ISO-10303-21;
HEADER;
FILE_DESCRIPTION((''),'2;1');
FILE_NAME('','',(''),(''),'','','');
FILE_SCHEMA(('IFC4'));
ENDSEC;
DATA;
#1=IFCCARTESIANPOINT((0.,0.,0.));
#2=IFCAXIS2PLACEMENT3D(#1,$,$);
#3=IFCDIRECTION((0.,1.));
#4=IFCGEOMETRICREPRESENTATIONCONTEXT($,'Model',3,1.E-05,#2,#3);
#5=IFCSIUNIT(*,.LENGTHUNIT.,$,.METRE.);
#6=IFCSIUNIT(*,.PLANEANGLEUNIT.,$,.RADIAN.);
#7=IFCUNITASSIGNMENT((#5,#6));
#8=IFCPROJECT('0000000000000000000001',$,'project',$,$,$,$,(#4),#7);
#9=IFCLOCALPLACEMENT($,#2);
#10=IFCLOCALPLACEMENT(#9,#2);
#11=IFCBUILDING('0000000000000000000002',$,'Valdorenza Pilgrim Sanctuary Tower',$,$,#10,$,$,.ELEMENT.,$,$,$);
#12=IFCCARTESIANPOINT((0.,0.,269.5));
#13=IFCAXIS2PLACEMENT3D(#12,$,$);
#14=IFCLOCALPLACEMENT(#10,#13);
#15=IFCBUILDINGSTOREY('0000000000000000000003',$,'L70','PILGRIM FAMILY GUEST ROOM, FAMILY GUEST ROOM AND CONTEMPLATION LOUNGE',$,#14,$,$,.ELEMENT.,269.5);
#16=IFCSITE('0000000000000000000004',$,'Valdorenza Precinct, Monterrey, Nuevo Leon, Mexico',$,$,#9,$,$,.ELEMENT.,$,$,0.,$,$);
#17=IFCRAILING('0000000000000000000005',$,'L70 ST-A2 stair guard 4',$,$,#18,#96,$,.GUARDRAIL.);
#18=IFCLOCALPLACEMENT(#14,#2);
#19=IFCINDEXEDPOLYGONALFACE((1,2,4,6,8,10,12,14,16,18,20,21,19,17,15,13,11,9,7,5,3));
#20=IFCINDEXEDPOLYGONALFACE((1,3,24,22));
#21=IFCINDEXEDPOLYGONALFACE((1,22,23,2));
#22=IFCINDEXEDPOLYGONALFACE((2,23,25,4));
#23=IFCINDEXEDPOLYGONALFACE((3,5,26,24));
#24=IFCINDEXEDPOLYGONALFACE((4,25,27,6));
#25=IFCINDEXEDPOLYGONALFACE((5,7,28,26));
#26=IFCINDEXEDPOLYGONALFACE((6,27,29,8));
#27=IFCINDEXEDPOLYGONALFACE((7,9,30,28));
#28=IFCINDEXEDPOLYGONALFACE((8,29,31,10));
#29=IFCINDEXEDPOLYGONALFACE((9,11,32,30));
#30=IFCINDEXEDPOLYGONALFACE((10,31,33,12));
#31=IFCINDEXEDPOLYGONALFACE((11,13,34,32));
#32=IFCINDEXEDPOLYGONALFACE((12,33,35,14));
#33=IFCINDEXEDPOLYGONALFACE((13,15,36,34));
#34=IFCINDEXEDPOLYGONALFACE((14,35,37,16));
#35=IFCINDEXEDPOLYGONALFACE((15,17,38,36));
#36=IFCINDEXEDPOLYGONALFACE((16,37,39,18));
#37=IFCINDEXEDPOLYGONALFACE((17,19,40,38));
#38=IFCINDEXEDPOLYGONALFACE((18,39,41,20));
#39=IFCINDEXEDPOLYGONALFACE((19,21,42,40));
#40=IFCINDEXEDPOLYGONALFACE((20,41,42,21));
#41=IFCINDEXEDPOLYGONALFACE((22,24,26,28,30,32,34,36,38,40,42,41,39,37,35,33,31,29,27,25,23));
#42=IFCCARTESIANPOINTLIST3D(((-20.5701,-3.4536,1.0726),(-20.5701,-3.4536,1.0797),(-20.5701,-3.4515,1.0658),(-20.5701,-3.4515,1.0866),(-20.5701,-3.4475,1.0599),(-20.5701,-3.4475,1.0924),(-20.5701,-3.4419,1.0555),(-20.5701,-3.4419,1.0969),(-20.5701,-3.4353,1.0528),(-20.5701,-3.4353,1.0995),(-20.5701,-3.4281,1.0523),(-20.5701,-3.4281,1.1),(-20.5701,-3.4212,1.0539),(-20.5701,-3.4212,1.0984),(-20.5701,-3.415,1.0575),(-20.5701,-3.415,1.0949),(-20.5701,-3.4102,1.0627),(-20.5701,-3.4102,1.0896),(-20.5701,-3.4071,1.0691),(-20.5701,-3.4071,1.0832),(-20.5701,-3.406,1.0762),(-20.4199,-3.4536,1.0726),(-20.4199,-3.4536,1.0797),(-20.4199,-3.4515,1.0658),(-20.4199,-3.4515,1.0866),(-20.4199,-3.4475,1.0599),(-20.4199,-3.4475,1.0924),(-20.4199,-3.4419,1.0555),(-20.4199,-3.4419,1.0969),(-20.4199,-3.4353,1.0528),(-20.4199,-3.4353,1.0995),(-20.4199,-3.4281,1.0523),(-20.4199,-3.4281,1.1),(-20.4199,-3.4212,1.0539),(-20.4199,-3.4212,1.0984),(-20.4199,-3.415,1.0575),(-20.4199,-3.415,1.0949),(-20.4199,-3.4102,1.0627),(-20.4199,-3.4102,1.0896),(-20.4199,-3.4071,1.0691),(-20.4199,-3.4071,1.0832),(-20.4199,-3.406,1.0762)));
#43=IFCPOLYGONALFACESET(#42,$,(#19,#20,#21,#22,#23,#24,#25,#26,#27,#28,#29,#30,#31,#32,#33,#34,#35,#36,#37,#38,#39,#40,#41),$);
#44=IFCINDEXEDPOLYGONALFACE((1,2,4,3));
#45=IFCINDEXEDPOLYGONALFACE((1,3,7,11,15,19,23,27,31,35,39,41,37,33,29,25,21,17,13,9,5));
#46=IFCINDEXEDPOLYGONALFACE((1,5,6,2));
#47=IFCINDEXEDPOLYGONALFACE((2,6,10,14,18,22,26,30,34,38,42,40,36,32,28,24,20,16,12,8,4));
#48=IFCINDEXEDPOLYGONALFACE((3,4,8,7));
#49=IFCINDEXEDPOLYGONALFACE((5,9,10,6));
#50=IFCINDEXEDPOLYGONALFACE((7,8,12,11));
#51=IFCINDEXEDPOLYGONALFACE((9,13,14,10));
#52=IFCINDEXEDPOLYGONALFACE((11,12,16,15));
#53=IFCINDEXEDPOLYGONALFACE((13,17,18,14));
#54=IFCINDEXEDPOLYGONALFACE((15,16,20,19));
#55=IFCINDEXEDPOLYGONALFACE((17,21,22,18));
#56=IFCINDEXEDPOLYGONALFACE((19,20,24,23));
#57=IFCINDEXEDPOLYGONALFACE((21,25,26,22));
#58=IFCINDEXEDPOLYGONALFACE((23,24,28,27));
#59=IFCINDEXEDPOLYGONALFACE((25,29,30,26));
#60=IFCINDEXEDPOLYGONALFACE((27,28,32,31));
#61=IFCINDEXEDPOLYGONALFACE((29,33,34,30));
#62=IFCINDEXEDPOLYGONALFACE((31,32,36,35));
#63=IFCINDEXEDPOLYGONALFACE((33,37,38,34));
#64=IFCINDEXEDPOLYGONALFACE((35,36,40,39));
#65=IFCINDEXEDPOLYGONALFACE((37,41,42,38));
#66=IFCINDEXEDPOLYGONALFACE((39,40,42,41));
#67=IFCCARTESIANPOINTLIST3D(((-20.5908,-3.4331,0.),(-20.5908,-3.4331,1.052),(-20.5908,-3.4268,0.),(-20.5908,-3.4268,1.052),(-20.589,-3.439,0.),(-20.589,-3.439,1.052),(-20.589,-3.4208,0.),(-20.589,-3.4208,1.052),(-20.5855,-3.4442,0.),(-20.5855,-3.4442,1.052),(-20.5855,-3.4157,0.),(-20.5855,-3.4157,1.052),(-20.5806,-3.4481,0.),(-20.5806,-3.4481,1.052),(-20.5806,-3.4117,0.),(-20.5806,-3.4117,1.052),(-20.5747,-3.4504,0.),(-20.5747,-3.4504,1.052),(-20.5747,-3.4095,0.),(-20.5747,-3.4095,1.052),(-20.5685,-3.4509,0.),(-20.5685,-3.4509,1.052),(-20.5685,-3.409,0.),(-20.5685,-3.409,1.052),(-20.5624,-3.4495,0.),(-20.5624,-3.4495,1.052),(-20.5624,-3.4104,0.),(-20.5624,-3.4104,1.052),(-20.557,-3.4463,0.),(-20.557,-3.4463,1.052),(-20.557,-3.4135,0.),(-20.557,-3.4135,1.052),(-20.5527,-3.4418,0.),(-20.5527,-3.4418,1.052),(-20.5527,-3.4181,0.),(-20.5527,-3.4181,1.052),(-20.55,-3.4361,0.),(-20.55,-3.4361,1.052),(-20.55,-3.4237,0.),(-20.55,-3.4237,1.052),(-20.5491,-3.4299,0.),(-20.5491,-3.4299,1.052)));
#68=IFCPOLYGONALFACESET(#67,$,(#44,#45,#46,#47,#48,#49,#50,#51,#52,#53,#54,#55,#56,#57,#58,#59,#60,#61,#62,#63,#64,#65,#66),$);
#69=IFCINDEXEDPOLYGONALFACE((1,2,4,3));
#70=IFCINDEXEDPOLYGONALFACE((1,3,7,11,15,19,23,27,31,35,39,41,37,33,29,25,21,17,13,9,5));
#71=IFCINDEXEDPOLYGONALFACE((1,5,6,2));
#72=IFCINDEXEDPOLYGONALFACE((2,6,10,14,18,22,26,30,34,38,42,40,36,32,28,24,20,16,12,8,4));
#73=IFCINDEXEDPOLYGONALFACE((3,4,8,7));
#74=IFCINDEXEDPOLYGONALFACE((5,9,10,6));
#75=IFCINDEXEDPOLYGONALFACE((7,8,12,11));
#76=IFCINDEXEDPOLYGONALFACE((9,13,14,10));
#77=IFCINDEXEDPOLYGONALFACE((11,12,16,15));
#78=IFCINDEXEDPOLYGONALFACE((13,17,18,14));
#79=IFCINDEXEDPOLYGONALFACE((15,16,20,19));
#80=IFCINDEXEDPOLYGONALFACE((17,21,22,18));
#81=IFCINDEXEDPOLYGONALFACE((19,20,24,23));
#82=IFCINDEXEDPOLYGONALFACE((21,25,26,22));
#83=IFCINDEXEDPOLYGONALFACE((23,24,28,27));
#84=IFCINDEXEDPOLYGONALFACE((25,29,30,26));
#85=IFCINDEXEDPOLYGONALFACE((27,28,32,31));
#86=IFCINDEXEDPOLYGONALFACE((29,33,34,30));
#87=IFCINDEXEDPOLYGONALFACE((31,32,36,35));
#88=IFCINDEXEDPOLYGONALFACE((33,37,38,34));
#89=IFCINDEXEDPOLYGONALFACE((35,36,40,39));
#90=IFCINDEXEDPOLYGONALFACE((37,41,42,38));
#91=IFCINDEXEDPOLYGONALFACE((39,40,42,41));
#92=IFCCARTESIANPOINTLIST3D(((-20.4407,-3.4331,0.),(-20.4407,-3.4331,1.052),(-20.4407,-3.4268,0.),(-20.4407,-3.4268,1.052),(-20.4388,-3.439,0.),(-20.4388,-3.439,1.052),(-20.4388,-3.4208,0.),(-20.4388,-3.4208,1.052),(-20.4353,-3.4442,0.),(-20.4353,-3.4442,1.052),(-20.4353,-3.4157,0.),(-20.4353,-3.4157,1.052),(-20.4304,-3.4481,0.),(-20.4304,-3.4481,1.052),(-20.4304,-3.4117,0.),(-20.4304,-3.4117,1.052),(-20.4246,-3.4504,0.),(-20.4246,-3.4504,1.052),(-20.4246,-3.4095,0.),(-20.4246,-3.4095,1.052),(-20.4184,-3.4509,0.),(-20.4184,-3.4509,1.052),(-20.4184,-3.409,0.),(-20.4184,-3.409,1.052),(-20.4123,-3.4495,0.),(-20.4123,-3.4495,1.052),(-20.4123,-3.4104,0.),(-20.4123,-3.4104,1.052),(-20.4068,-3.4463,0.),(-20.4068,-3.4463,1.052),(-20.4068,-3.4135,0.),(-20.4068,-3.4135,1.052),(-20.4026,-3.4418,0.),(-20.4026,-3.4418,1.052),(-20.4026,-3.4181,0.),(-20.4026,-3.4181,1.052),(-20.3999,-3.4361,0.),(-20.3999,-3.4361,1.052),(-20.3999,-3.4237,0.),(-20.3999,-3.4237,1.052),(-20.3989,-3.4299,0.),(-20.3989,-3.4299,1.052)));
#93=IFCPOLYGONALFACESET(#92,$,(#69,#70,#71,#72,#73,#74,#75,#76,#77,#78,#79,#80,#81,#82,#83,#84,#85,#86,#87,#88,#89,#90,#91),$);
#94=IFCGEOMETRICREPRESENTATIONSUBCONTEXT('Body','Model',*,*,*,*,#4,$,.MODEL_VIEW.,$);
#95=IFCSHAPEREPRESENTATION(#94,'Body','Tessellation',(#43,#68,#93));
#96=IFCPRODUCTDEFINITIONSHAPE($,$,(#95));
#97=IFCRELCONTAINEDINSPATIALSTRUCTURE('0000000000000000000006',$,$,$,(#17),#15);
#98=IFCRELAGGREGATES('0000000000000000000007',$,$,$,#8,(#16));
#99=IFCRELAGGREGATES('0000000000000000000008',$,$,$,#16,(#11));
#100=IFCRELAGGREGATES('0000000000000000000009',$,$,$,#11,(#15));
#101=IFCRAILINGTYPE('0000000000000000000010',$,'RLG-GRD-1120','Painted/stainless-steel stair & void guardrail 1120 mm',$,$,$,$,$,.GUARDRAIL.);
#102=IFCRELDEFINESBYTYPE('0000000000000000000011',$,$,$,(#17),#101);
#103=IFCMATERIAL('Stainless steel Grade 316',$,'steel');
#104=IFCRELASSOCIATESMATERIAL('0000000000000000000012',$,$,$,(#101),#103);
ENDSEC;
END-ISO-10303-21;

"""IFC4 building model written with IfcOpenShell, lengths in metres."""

from ifc_helpers import new_model, si_unit, direction, frame, origin, origin_2d, place, context, subcontext, project, spatial, circle, extrude, material, type_object, element, save


model = new_model("IFC4")

# Units and contexts
model_context = context("Model", 3, precision=1e-05, world=origin(), true_north=direction((0.0, 1.0)))
body_context = subcontext(model_context, "Body", "Model", "MODEL_VIEW")
ifc_project = project(units=[si_unit("LENGTHUNIT", "METRE"), si_unit("PLANEANGLEUNIT", "RADIAN")], contexts=[model_context])

# Site, building, storey
site_placement = place(None, origin())
site = spatial("IfcSite", under=ifc_project, at=site_placement, Name="Valdorenza Precinct, Monterrey, Nuevo Leon, Mexico", CompositionType="ELEMENT", RefElevation=0.0)
building_placement = place(site_placement, origin())
building = spatial("IfcBuilding", under=site, at=building_placement, Name="Valdorenza Pilgrim Sanctuary Tower", CompositionType="ELEMENT")
storey_placement = place(building_placement, frame((0.0, 0.0, 269.5)))
storey = spatial("IfcBuildingStorey", under=building, at=storey_placement, Name="L70", Description="PILGRIM FAMILY GUEST ROOM, FAMILY GUEST ROOM AND CONTEMPLATION LOUNGE", CompositionType="ELEMENT", Elevation=269.5)

# Railing
ifc_material_1 = material(Name="Stainless steel Grade 316", Category="steel")
railing_type_1 = type_object("IfcRailingType", Name="RLG-GRD-1120", Description="Painted/stainless-steel stair & void guardrail 1120 mm", PredefinedType="GUARDRAIL", material=ifc_material_1)
railing_1_placement = place(storey_placement, frame((-20.5701, -3.4299, 0.0)))
element("IfcRailing", 1, at=railing_1_placement, inside=storey, type_object=railing_type_1, Name="L70 ST-A2 stair guard 4", PredefinedType="GUARDRAIL", context=body_context, shape_type="SweptSolid", body=[
    extrude(circle(Radius=0.0239, at=origin_2d()), frame((0.0, 0.0, 1.0762), z_axis=(1.0, 0.0, 0.0), x_axis=(0.0, 1.0, 0.0)), (0.0, 0.0, 1.0), 0.1501),
    extrude(circle(Radius=0.021, at=origin_2d()), origin(), (0.0, 0.0, 1.0), 1.052),
    extrude(circle(Radius=0.021, at=origin_2d()), frame((0.1501, 0.0, 0.0)), (0.0, 0.0, 1.0), 1.052),
])

save(model, "model.ifc")
